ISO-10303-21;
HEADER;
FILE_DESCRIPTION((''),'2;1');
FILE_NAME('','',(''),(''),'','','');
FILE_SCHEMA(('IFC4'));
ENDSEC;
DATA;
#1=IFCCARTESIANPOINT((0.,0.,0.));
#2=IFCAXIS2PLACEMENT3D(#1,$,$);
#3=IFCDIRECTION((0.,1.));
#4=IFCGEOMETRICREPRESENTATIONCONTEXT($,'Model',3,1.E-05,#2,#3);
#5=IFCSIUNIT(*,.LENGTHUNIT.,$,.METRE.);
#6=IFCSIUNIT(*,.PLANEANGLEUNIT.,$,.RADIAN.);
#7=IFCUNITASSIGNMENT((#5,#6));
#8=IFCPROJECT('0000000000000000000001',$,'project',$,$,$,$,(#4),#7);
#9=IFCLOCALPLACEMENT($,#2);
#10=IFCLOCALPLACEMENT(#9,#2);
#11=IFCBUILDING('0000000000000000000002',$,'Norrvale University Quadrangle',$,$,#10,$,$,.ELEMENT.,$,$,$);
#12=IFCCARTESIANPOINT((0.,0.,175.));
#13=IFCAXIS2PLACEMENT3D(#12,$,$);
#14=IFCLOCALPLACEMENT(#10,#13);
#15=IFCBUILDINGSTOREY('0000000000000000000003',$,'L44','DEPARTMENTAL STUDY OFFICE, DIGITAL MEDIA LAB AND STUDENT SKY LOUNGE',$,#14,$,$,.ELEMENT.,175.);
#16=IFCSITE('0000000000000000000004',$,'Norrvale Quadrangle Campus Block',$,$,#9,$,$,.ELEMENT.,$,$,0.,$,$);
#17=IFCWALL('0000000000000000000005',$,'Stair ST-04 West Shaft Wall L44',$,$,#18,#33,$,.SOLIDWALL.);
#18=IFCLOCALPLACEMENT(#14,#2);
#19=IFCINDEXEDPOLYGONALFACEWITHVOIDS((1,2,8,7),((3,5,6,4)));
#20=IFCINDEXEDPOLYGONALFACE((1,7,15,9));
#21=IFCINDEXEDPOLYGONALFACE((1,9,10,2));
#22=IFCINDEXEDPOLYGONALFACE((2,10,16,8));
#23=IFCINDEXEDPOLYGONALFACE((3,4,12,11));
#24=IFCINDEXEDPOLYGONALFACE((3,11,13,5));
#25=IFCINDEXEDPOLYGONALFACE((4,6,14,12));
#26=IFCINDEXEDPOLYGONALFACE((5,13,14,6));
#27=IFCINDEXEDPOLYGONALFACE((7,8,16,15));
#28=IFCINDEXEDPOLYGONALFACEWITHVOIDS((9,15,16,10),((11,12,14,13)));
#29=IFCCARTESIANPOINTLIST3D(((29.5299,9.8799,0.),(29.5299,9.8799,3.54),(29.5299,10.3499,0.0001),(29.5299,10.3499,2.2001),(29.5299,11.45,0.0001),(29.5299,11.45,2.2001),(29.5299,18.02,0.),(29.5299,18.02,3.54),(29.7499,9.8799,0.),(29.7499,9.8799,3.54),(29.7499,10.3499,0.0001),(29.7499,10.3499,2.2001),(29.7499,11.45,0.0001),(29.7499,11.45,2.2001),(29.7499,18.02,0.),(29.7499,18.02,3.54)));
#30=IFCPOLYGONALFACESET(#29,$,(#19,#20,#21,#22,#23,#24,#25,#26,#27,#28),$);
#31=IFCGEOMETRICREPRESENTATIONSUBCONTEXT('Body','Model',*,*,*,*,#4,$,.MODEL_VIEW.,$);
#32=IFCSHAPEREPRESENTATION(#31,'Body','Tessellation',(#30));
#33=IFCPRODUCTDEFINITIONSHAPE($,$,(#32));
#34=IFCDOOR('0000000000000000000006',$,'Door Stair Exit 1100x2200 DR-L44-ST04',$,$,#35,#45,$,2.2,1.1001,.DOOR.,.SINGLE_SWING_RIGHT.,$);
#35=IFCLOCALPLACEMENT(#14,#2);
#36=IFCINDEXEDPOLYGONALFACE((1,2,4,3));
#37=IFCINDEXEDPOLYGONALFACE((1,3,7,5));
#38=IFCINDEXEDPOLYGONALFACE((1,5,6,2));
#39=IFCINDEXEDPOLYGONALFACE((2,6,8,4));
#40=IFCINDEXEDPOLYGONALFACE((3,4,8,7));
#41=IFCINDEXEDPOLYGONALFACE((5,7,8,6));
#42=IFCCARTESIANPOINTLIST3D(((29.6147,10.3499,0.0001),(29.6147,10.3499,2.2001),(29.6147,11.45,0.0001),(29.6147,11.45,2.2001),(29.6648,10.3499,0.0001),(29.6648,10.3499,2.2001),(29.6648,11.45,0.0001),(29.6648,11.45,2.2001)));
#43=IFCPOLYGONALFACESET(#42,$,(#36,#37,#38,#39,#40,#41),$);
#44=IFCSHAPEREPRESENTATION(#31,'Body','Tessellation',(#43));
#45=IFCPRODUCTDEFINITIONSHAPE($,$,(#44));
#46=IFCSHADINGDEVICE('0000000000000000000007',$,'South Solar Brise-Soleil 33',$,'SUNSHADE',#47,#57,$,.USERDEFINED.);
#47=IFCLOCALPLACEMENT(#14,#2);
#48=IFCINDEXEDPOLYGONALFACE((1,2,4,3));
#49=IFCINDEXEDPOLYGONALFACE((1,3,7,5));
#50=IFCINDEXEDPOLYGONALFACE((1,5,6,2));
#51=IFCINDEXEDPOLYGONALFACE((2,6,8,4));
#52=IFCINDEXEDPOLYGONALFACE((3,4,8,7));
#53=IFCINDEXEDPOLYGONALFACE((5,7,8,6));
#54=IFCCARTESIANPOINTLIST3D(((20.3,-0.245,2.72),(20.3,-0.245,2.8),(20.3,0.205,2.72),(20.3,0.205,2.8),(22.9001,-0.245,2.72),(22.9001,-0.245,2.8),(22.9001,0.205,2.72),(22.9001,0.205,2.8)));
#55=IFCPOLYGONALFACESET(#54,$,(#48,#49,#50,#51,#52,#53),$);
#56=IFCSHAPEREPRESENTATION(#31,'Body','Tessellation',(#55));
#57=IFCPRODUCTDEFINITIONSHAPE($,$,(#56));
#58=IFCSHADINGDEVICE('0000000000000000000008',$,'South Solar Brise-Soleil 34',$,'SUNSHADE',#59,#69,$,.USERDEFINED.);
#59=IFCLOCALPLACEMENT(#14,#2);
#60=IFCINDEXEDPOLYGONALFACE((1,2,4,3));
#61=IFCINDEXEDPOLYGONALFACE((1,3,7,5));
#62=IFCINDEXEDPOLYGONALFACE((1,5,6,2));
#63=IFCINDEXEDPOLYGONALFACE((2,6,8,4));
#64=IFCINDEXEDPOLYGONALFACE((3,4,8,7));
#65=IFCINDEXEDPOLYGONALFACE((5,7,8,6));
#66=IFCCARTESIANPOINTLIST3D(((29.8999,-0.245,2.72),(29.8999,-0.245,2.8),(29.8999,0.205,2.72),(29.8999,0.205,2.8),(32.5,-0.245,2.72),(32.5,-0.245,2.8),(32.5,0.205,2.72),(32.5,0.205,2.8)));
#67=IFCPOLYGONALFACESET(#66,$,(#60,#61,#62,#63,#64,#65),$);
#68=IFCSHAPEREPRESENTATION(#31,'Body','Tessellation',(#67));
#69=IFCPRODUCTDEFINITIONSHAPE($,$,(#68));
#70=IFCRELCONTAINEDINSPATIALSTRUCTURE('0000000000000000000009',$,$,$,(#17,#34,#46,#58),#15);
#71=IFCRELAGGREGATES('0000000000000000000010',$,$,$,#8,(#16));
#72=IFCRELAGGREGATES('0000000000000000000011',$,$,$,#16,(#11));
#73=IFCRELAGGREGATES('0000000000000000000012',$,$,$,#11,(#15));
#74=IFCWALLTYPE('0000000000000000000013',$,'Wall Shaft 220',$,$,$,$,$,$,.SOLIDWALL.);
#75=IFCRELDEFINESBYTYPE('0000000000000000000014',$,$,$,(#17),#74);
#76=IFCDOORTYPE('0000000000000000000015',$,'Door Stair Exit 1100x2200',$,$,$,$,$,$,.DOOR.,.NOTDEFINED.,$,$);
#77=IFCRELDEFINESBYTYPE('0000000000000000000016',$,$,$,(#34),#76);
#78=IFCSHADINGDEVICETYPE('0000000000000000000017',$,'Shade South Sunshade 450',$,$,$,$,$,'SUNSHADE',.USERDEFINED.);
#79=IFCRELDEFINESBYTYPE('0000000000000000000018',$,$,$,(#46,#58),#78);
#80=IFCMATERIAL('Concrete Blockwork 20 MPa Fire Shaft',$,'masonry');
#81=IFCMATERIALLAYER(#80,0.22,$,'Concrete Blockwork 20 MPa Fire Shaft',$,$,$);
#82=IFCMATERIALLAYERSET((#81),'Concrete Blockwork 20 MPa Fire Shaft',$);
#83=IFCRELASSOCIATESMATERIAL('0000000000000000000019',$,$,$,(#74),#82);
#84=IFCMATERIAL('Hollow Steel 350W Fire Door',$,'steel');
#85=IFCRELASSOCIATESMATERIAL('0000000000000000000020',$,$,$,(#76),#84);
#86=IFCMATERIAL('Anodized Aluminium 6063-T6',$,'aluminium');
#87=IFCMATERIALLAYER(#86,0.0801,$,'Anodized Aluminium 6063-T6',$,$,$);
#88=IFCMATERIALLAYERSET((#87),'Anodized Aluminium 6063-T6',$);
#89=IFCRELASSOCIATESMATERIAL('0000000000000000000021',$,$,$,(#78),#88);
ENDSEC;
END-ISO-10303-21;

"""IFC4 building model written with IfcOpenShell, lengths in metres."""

from ifc_helpers import new_model, si_unit, direction, frame, frame_2d, origin, origin_2d, place, context, subcontext, project, spatial, rectangle, extrude, material, layer, layer_set, type_object, element, fill, save


model = new_model("IFC4")

# Units and contexts
model_context = context("Model", 3, precision=1e-05, world=origin(), true_north=direction((0.0, 1.0)))
body_context = subcontext(model_context, "Body", "Model", "MODEL_VIEW")
ifc_project = project(units=[si_unit("LENGTHUNIT", "METRE"), si_unit("PLANEANGLEUNIT", "RADIAN")], contexts=[model_context])

# Site, building, storey
site_placement = place(None, origin())
site = spatial("IfcSite", under=ifc_project, at=site_placement, Name="Norrvale Quadrangle Campus Block", CompositionType="ELEMENT", RefElevation=0.0)
building_placement = place(site_placement, origin())
building = spatial("IfcBuilding", under=site, at=building_placement, Name="Norrvale University Quadrangle", CompositionType="ELEMENT")
storey_placement = place(building_placement, frame((0.0, 0.0, 175.0)))
storey = spatial("IfcBuildingStorey", under=building, at=storey_placement, Name="L44", Description="DEPARTMENTAL STUDY OFFICE, DIGITAL MEDIA LAB AND STUDENT SKY LOUNGE", CompositionType="ELEMENT", Elevation=175.0)

# Shared definitions
ifc_material_1 = material(Name="Concrete Blockwork 20 MPa Fire Shaft", Category="masonry")
ifc_layer_1 = layer(ifc_material_1, 0.22, Name="Concrete Blockwork 20 MPa Fire Shaft")
ifc_layer_set_1 = layer_set([ifc_layer_1], Name="Concrete Blockwork 20 MPa Fire Shaft")
wall_type_1 = type_object("IfcWallType", Name="Wall Shaft 220", PredefinedType="SOLIDWALL", material=ifc_layer_set_1)

# Wall, opening, door
wall_1_placement = place(storey_placement, frame((29.6399, 9.8799, 0.0), z_axis=(0.0, 0.0, 1.0), x_axis=(0.0, 1.0, 0.0)))
wall_1 = element("IfcWall", 1, at=wall_1_placement, inside=storey, type_object=wall_type_1, Name="Stair ST-04 West Shaft Wall L44", PredefinedType="SOLIDWALL", context=body_context, shape_type="SweptSolid", body=[
    extrude(rectangle(XDim=8.1401, YDim=0.22, at=frame_2d((4.0701, 0.0))), origin(), (0.0, 0.0, 1.0), 3.54),
])
opening_placement = place(wall_1_placement, frame((0.47, 0.0, 0.0)))
opening = element("IfcOpeningElement", 2, at=opening_placement, cuts=wall_1, PredefinedType="OPENING", context=body_context, shape_type="SweptSolid", body=[
    extrude(rectangle(XDim=1.1001, YDim=2.2, at=frame_2d((0.55, 1.1001))), frame((0.0, 0.1221, 0.0), z_axis=(0.0, -1.0, 0.0), x_axis=(1.0, 0.0, 0.0)), (0.0, 0.0, 1.0), 0.2439),
])
ifc_material_2 = material(Name="Hollow Steel 350W Fire Door", Category="steel")
door_type = type_object("IfcDoorType", Name="Door Stair Exit 1100x2200", OperationType="NOTDEFINED", PredefinedType="DOOR", material=ifc_material_2)
door_placement = place(opening_placement, frame((1.1001, 0.0, 0.0), z_axis=(0.0, 0.0, 1.0), x_axis=(-1.0, 0.0, 0.0)))
door = element("IfcDoor", 3, at=door_placement, inside=storey, type_object=door_type, Name="Door Stair Exit 1100x2200 DR-L44-ST04", OperationType="SINGLE_SWING_RIGHT", OverallHeight=2.2, OverallWidth=1.1001, PredefinedType="DOOR", context=body_context, shape_type="SweptSolid", body=[
    extrude(rectangle(XDim=1.1001, YDim=2.2, at=frame_2d((0.55, 1.1001))), frame((0.0, 0.0249, 0.0), z_axis=(0.0, -1.0, 0.0), x_axis=(1.0, 0.0, 0.0)), (0.0, 0.0, 1.0), 0.05),
])
fill(opening, door)

# Shading devices
ifc_material_3 = material(Name="Anodized Aluminium 6063-T6", Category="aluminium")
ifc_layer_2 = layer(ifc_material_3, 0.0801, Name="Anodized Aluminium 6063-T6")
ifc_layer_set_2 = layer_set([ifc_layer_2], Name="Anodized Aluminium 6063-T6")
shading_device_type = type_object("IfcShadingDeviceType", Name="Shade South Sunshade 450", ElementType="SUNSHADE", PredefinedType="USERDEFINED", material=ifc_layer_set_2)
for number, where, z_axis, x_axis, name in (
    (4, (21.6001, -0.02, 2.72), (0.0, 0.0, 1.0), (1.0, 0.0, 0.0), "South Solar Brise-Soleil 33"),
    (5, (31.2, -0.02, 2.72), (0.0, 0.0, 1.0), (1.0, 0.0, 0.0), "South Solar Brise-Soleil 34"),
):
    element("IfcShadingDevice", number, at=place(storey_placement, frame(where, z_axis=z_axis, x_axis=x_axis)), inside=storey, type_object=shading_device_type, Name=name, ObjectType="SUNSHADE", PredefinedType="USERDEFINED", context=body_context, shape_type="SweptSolid", body=[
        extrude(rectangle(XDim=2.6001, YDim=0.45, at=origin_2d()), origin(), (0.0, 0.0, 1.0), 0.0801),
    ])

save(model, "model.ifc")
